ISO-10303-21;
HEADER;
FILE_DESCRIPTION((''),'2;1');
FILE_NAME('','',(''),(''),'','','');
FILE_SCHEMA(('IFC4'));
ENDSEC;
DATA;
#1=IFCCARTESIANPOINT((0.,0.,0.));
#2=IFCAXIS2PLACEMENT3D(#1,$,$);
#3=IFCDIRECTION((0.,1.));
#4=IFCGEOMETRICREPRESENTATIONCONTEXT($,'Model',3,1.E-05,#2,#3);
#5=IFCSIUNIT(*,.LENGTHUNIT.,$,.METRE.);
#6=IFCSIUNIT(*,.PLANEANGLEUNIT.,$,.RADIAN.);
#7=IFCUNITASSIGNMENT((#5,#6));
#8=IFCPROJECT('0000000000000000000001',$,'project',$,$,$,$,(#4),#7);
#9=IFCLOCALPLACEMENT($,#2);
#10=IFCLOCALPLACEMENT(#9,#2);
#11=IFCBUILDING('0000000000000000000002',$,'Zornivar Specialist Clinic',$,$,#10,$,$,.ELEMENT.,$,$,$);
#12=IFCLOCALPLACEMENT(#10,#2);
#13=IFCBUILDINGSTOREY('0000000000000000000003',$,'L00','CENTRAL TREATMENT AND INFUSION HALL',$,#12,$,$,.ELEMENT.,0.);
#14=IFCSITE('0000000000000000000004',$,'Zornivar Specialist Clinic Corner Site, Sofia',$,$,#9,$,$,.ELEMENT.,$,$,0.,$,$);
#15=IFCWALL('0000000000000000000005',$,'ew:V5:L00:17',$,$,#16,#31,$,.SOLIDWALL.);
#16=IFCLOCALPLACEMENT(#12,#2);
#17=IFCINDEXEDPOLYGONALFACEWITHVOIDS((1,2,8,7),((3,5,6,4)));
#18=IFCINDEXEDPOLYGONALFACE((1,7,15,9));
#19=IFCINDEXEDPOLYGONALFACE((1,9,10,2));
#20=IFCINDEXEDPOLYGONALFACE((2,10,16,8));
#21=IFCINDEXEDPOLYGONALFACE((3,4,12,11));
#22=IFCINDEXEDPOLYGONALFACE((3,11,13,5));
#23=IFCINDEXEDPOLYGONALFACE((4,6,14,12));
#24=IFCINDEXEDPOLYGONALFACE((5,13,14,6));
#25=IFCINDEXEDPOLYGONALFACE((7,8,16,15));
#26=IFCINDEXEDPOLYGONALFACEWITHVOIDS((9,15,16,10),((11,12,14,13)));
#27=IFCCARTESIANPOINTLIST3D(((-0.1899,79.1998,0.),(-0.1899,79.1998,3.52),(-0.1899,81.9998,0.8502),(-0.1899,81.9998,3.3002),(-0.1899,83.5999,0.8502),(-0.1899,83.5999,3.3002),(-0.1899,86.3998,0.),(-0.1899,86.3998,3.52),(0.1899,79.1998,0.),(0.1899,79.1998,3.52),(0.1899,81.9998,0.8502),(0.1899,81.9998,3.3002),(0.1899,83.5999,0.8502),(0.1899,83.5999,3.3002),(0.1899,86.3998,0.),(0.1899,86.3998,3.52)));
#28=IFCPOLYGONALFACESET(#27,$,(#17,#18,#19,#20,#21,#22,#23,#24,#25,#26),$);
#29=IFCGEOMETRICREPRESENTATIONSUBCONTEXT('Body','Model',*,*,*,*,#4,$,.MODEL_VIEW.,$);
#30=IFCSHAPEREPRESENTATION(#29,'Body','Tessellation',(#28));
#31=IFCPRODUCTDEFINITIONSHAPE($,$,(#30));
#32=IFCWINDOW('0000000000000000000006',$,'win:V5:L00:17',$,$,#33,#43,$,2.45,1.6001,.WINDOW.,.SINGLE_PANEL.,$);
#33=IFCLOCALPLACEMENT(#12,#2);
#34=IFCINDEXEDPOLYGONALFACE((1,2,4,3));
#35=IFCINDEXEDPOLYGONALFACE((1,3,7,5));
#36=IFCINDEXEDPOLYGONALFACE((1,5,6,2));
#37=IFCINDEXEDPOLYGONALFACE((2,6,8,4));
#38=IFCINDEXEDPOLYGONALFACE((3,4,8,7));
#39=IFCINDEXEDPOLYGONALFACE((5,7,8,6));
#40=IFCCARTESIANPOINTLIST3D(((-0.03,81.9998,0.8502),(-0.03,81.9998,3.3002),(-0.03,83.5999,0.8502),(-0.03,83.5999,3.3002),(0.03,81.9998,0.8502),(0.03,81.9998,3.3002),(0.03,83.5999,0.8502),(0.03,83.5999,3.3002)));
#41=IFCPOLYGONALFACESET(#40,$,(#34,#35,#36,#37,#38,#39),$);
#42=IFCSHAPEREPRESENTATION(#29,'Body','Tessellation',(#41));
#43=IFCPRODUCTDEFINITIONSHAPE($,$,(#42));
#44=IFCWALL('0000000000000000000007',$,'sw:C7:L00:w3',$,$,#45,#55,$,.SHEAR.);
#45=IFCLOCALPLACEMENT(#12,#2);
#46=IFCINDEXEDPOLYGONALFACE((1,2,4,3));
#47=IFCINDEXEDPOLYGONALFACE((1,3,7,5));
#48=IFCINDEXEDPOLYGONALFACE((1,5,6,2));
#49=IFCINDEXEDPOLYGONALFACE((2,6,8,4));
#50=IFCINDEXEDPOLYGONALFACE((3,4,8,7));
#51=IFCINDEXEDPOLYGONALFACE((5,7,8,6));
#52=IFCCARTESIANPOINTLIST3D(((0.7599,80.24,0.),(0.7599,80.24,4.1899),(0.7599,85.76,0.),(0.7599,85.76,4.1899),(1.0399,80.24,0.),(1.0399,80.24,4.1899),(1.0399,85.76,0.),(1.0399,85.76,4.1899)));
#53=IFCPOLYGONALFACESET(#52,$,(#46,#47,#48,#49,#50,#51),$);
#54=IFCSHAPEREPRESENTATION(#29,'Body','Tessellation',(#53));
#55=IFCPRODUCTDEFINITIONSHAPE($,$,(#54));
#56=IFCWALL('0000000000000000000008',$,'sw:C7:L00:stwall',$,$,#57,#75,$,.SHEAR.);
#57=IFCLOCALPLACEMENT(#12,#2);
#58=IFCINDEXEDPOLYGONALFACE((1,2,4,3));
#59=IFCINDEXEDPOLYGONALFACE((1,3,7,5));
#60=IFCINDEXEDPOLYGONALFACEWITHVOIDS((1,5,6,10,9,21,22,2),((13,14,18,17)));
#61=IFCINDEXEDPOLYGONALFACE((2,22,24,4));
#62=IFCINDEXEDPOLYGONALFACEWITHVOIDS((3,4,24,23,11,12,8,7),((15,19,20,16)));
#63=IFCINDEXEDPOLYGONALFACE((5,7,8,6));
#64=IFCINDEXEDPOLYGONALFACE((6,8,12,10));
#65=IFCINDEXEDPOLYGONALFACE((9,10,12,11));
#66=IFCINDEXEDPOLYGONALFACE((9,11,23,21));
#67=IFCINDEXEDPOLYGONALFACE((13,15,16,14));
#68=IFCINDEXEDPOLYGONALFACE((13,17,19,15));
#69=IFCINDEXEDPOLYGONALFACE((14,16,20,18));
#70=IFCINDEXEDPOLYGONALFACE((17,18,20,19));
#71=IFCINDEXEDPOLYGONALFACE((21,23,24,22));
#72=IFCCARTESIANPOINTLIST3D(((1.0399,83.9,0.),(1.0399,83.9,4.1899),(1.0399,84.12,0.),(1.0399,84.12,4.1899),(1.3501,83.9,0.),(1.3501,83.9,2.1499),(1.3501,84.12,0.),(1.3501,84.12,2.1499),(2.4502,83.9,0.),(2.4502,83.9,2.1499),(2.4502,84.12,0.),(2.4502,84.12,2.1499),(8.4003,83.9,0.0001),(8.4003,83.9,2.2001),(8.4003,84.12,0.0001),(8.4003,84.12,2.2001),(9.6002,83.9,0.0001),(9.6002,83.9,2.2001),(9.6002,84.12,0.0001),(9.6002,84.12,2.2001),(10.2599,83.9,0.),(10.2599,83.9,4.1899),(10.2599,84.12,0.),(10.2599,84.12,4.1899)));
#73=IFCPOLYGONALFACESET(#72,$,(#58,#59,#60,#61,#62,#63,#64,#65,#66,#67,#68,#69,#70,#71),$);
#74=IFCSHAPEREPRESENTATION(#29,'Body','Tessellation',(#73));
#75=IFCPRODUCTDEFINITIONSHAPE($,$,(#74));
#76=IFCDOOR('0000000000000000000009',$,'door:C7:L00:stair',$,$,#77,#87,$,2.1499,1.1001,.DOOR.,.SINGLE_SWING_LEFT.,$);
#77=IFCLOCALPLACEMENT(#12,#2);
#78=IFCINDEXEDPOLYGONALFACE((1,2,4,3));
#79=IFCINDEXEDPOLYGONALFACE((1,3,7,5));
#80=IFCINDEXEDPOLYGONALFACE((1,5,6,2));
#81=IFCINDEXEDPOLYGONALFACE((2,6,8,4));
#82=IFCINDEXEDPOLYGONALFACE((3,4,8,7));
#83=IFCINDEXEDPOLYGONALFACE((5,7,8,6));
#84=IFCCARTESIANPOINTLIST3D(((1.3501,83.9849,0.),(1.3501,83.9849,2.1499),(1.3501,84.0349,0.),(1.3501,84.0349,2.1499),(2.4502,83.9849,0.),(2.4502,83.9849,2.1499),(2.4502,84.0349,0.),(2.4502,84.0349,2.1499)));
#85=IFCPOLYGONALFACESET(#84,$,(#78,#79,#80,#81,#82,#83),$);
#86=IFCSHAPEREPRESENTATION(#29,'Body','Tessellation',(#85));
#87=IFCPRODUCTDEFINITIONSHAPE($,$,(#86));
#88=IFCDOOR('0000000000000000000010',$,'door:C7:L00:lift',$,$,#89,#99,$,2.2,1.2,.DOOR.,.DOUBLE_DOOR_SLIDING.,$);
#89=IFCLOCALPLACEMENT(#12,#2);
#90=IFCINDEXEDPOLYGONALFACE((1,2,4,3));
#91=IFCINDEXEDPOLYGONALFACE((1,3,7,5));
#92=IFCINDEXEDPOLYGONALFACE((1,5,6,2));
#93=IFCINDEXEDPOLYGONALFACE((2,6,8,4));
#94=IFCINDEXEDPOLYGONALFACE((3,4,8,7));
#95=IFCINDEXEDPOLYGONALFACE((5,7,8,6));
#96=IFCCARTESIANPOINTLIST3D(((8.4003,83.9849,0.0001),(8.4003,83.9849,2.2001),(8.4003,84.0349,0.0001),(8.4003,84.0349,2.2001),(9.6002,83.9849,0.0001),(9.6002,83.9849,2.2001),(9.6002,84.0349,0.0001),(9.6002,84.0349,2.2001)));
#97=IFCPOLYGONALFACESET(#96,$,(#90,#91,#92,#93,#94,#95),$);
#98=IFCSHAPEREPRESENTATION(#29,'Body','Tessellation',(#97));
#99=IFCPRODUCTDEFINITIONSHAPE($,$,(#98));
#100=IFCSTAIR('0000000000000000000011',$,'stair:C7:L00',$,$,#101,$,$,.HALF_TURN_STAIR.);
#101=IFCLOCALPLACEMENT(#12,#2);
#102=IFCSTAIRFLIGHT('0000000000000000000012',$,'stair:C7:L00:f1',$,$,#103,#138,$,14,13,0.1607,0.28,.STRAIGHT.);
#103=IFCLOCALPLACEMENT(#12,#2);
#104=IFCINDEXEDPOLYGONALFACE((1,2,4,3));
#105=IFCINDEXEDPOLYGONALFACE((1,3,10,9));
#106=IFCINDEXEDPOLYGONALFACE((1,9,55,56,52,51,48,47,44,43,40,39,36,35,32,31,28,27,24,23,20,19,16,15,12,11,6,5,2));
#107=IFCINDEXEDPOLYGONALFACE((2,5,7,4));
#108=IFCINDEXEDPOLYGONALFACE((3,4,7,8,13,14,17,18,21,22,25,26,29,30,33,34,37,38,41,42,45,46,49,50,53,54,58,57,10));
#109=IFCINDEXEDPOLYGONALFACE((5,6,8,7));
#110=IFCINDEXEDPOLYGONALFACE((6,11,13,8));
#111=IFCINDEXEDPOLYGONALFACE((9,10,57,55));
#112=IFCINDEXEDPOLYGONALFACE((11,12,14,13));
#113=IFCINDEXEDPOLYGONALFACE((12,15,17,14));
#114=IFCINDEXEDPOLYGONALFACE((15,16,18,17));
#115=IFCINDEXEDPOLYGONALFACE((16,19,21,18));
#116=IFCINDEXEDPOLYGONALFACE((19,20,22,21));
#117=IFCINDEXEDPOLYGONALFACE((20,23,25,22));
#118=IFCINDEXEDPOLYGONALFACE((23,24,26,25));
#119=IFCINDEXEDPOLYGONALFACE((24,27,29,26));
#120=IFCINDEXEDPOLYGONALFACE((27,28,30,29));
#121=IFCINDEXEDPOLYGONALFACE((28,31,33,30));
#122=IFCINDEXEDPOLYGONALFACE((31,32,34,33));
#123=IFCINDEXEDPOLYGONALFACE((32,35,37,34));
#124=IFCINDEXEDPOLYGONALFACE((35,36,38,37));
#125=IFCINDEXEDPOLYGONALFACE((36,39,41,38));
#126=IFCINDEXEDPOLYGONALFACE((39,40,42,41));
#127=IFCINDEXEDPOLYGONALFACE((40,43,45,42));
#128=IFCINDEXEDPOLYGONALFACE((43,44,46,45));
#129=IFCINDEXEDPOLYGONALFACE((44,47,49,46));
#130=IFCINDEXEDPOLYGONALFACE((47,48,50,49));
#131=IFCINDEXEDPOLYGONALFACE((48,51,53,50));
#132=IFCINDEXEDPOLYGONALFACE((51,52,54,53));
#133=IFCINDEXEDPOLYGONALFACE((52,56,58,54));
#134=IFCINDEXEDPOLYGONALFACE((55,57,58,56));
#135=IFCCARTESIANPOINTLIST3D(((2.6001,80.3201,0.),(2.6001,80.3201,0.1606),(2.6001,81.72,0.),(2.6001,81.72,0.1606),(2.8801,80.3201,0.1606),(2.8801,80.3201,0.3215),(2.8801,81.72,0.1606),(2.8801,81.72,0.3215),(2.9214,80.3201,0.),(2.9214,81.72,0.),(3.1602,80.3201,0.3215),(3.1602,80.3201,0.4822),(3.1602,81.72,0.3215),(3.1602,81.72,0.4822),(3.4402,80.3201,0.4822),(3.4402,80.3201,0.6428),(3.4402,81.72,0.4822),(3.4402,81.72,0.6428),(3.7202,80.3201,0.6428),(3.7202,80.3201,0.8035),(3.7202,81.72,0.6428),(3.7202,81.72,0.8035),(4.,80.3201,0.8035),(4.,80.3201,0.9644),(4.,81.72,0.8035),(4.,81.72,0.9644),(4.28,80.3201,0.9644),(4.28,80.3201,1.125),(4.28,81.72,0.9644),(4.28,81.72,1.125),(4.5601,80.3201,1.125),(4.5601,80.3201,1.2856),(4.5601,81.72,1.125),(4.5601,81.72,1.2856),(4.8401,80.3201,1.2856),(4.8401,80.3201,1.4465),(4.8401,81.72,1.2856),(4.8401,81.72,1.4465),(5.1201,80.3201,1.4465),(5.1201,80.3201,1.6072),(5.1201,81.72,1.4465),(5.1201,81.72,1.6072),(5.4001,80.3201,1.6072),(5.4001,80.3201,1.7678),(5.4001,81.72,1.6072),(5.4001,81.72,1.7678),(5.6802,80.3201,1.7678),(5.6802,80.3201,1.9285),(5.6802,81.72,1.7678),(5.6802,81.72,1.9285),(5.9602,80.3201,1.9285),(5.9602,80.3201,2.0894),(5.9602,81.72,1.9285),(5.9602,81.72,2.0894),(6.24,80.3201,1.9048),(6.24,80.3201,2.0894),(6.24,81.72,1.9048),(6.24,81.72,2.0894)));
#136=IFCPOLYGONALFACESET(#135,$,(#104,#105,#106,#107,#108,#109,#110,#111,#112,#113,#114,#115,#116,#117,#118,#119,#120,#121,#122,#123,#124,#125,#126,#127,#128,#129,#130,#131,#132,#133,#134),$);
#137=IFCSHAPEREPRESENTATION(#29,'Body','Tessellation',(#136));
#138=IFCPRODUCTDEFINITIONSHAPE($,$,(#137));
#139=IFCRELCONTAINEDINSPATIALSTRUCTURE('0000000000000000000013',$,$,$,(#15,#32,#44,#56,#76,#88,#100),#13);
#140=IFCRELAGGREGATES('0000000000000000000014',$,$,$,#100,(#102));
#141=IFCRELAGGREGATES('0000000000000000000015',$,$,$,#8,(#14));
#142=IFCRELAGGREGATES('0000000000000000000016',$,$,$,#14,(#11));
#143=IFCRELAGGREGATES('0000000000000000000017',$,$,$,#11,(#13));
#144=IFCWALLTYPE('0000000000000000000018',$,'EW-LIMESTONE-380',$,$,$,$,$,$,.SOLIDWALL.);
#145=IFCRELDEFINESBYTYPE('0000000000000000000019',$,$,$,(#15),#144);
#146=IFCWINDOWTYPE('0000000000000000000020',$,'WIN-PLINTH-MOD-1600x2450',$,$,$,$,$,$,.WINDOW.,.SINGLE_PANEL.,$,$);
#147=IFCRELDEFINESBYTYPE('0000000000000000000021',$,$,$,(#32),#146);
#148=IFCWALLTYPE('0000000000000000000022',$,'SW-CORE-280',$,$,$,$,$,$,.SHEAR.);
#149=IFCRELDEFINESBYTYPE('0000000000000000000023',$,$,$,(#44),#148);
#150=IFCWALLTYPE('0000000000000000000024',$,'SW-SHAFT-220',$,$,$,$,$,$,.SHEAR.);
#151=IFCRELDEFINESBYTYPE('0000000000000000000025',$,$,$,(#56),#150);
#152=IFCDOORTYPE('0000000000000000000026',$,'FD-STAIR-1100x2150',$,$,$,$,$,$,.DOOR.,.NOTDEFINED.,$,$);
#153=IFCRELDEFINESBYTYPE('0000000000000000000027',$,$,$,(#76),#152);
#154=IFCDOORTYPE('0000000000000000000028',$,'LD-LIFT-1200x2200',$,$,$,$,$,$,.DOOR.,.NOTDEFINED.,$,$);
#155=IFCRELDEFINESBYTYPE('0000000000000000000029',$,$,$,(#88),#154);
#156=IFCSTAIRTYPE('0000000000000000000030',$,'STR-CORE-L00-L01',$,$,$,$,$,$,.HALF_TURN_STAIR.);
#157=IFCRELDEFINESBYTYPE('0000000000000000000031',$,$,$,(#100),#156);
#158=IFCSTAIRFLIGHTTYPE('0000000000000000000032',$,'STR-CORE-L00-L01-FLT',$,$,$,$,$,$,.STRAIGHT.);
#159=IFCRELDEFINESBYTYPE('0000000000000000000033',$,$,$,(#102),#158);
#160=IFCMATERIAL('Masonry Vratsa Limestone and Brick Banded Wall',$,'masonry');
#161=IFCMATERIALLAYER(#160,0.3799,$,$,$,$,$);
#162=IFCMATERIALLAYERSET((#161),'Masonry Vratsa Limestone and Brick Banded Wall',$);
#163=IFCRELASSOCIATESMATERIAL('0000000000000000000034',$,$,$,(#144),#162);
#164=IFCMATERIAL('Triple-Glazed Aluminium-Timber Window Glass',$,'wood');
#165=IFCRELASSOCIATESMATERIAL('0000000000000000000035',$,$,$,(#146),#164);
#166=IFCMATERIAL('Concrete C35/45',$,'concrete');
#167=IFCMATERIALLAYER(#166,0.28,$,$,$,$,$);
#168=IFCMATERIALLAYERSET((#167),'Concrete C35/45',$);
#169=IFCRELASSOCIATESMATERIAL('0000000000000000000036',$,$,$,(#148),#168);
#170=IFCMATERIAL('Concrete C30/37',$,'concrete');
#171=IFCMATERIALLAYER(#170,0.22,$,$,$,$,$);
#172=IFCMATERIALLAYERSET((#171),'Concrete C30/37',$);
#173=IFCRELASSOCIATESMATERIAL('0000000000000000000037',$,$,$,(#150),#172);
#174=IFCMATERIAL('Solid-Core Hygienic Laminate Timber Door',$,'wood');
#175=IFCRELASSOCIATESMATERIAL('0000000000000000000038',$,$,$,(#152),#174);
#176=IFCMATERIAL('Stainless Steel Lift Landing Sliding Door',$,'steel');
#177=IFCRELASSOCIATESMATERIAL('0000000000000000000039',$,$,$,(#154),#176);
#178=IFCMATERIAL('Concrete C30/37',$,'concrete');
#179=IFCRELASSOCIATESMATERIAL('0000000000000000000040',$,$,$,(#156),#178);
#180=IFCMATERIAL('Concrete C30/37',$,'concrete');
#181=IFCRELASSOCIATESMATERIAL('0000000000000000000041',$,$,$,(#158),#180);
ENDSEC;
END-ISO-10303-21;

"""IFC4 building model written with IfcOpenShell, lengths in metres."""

from ifc_helpers import new_model, si_unit, direction, frame, frame_2d, origin, place, context, subcontext, project, spatial, polyline, rectangle, outline, extrude, material, layer, layer_set, type_object, element, fill, aggregate, save


model = new_model("IFC4")

# Units and contexts
model_context = context("Model", 3, precision=1e-05, world=origin(), true_north=direction((0.0, 1.0)))
body_context = subcontext(model_context, "Body", "Model", "MODEL_VIEW")
ifc_project = project(units=[si_unit("LENGTHUNIT", "METRE"), si_unit("PLANEANGLEUNIT", "RADIAN")], contexts=[model_context])

# Site, building, storey
site_placement = place(None, origin())
site = spatial("IfcSite", under=ifc_project, at=site_placement, Name="Zornivar Specialist Clinic Corner Site, Sofia", CompositionType="ELEMENT", RefElevation=0.0)
building_placement = place(site_placement, origin())
building = spatial("IfcBuilding", under=site, at=building_placement, Name="Zornivar Specialist Clinic", CompositionType="ELEMENT")
storey_placement = place(building_placement, origin())
storey = spatial("IfcBuildingStorey", under=building, at=storey_placement, Name="L00", Description="CENTRAL TREATMENT AND INFUSION HALL", CompositionType="ELEMENT", Elevation=0.0)

# Wall, opening, window
ifc_material_1 = material(Name="Masonry Vratsa Limestone and Brick Banded Wall", Category="masonry")
ifc_layer_1 = layer(ifc_material_1, 0.3799)
ifc_layer_set_1 = layer_set([ifc_layer_1], Name="Masonry Vratsa Limestone and Brick Banded Wall")
wall_type_1 = type_object("IfcWallType", Name="EW-LIMESTONE-380", PredefinedType="SOLIDWALL", material=ifc_layer_set_1)
wall_1_placement = place(storey_placement, frame((0.0, 86.3999, 0.0), z_axis=(0.0, 0.0, 1.0), x_axis=(0.0, -1.0, 0.0)))
wall_1 = element("IfcWall", 1, at=wall_1_placement, inside=storey, type_object=wall_type_1, Name="ew:V5:L00:17", PredefinedType="SOLIDWALL", context=body_context, shape_type="SweptSolid", body=[
    extrude(rectangle(XDim=7.2, YDim=0.3799, at=frame_2d((3.6001, 0.0))), origin(), (0.0, 0.0, 1.0), 3.52),
])
opening_1_placement = place(wall_1_placement, frame((2.8, 0.0, 0.8501)))
opening_1 = element("IfcOpeningElement", 2, at=opening_1_placement, cuts=wall_1, PredefinedType="OPENING", context=body_context, shape_type="SweptSolid", body=[
    extrude(rectangle(XDim=1.6001, YDim=2.45, at=frame_2d((0.8, 1.2251))), frame((0.0, 0.2, 0.0), z_axis=(0.0, -1.0, 0.0), x_axis=(1.0, 0.0, 0.0)), (0.0, 0.0, 1.0), 0.3999),
])
ifc_material_2 = material(Name="Triple-Glazed Aluminium-Timber Window Glass", Category="wood")
window_type = type_object("IfcWindowType", Name="WIN-PLINTH-MOD-1600x2450", PartitioningType="SINGLE_PANEL", PredefinedType="WINDOW", material=ifc_material_2)
window_placement = place(opening_1_placement, origin())
window = element("IfcWindow", 3, at=window_placement, inside=storey, type_object=window_type, Name="win:V5:L00:17", OverallHeight=2.45, OverallWidth=1.6001, PartitioningType="SINGLE_PANEL", PredefinedType="WINDOW", context=body_context, shape_type="SweptSolid", body=[
    extrude(rectangle(XDim=1.6001, YDim=2.45, at=frame_2d((0.8, 1.2251))), frame((0.0, 0.03, 0.0), z_axis=(0.0, -1.0, 0.0), x_axis=(1.0, 0.0, 0.0)), (0.0, 0.0, 1.0), 0.0601),
])
fill(opening_1, window)

# Wall
ifc_material_3 = material(Name="Concrete C35/45", Category="concrete")
ifc_layer_2 = layer(ifc_material_3, 0.28)
ifc_layer_set_2 = layer_set([ifc_layer_2], Name="Concrete C35/45")
wall_type_2 = type_object("IfcWallType", Name="SW-CORE-280", PredefinedType="SHEAR", material=ifc_layer_set_2)
wall_2_placement = place(storey_placement, frame((0.8999, 85.76, 0.0), z_axis=(0.0, 0.0, 1.0), x_axis=(0.0, -1.0, 0.0)))
element("IfcWall", 4, at=wall_2_placement, inside=storey, type_object=wall_type_2, Name="sw:C7:L00:w3", PredefinedType="SHEAR", context=body_context, shape_type="SweptSolid", body=[
    extrude(rectangle(XDim=5.52, YDim=0.28, at=frame_2d((2.76, 0.0))), origin(), (0.0, 0.0, 1.0), 4.1899),
])

# Wall, openings, doors
ifc_material_4 = material(Name="Concrete C30/37", Category="concrete")
ifc_layer_3 = layer(ifc_material_4, 0.22)
ifc_layer_set_3 = layer_set([ifc_layer_3], Name="Concrete C30/37")
wall_type_3 = type_object("IfcWallType", Name="SW-SHAFT-220", PredefinedType="SHEAR", material=ifc_layer_set_3)
wall_3_placement = place(storey_placement, frame((1.04, 84.01, 0.0), z_axis=(0.0, 0.0, 1.0), x_axis=(1.0, 0.0, 0.0)))
wall_3 = element("IfcWall", 5, at=wall_3_placement, inside=storey, type_object=wall_type_3, Name="sw:C7:L00:stwall", PredefinedType="SHEAR", context=body_context, shape_type="SweptSolid", body=[
    extrude(rectangle(XDim=9.22, YDim=0.22, at=frame_2d((4.6099, 0.0))), origin(), (0.0, 0.0, 1.0), 4.1899),
])
opening_2_placement = place(wall_3_placement, frame((0.3101, 0.0, 0.0)))
opening_2 = element("IfcOpeningElement", 6, at=opening_2_placement, cuts=wall_3, PredefinedType="OPENING", context=body_context, shape_type="SweptSolid", body=[
    extrude(rectangle(XDim=1.1001, YDim=2.1499, at=frame_2d((0.55, 1.075))), frame((0.0, 0.1199, 0.0), z_axis=(0.0, -1.0, 0.0), x_axis=(1.0, 0.0, 0.0)), (0.0, 0.0, 1.0), 0.24),
])
opening_3_placement = place(wall_3_placement, frame((7.3601, 0.0, 0.0)))
opening_3 = element("IfcOpeningElement", 7, at=opening_3_placement, cuts=wall_3, PredefinedType="OPENING", context=body_context, shape_type="SweptSolid", body=[
    extrude(rectangle(XDim=1.2, YDim=2.2, at=frame_2d((0.6001, 1.1001))), frame((0.0, 0.1199, 0.0), z_axis=(0.0, -1.0, 0.0), x_axis=(1.0, 0.0, 0.0)), (0.0, 0.0, 1.0), 0.24),
])
ifc_material_5 = material(Name="Solid-Core Hygienic Laminate Timber Door", Category="wood")
door_type_1 = type_object("IfcDoorType", Name="FD-STAIR-1100x2150", OperationType="NOTDEFINED", PredefinedType="DOOR", material=ifc_material_5)
door_1_placement = place(opening_2_placement, origin())
door_1 = element("IfcDoor", 8, at=door_1_placement, inside=storey, type_object=door_type_1, Name="door:C7:L00:stair", OperationType="SINGLE_SWING_LEFT", OverallHeight=2.1499, OverallWidth=1.1001, PredefinedType="DOOR", context=body_context, shape_type="SweptSolid", body=[
    extrude(rectangle(XDim=1.1001, YDim=2.1499, at=frame_2d((0.55, 1.075))), frame((0.0, 0.0249, 0.0), z_axis=(0.0, -1.0, 0.0), x_axis=(1.0, 0.0, 0.0)), (0.0, 0.0, 1.0), 0.05),
])
fill(opening_2, door_1)
ifc_material_6 = material(Name="Stainless Steel Lift Landing Sliding Door", Category="steel")
door_type_2 = type_object("IfcDoorType", Name="LD-LIFT-1200x2200", OperationType="NOTDEFINED", PredefinedType="DOOR", material=ifc_material_6)
door_2_placement = place(opening_3_placement, origin())
door_2 = element("IfcDoor", 9, at=door_2_placement, inside=storey, type_object=door_type_2, Name="door:C7:L00:lift", OperationType="DOUBLE_DOOR_SLIDING", OverallHeight=2.2, OverallWidth=1.2, PredefinedType="DOOR", context=body_context, shape_type="SweptSolid", body=[
    extrude(rectangle(XDim=1.2, YDim=2.2, at=frame_2d((0.6001, 1.1001))), frame((0.0, 0.0249, 0.0), z_axis=(0.0, -1.0, 0.0), x_axis=(1.0, 0.0, 0.0)), (0.0, 0.0, 1.0), 0.05),
])
fill(opening_3, door_2)

# Stair, stair flight
ifc_material_7 = material(Name="Concrete C30/37", Category="concrete")
stair_type = type_object("IfcStairType", Name="STR-CORE-L00-L01", PredefinedType="HALF_TURN_STAIR", material=ifc_material_7)
stair_placement = place(storey_placement, origin())
stair = element("IfcStair", 10, at=stair_placement, inside=storey, type_object=stair_type, Name="stair:C7:L00", PredefinedType="HALF_TURN_STAIR")
ifc_material_8 = material(Name="Concrete C30/37", Category="concrete")
stair_flight_type = type_object("IfcStairFlightType", Name="STR-CORE-L00-L01-FLT", PredefinedType="STRAIGHT", material=ifc_material_8)
stair_flight_1_placement = place(storey_placement, frame((2.6001, 81.02, 0.0), z_axis=(0.0, 0.0, 1.0), x_axis=(1.0, 0.0, 0.0)))
stair_flight_1 = element("IfcStairFlight", 11, at=stair_flight_1_placement, type_object=stair_flight_type, Name="stair:C7:L00:f1", NumberOfRisers=14, NumberOfTreads=13, PredefinedType="STRAIGHT", RiserHeight=0.1607, TreadLength=0.28, context=body_context, shape_type="SweptSolid", body=[
    extrude(outline(polyline([(0.0, 0.0), (0.0, 0.1606), (0.28, 0.1606), (0.28, 0.3215), (0.5601, 0.3215), (0.5601, 0.4822), (0.8401, 0.4822), (0.8401, 0.6428), (1.1201, 0.6428), (1.1201, 0.8035), (1.3999, 0.8035), (1.3999, 0.9644), (1.6799, 0.9644), (1.6799, 1.125), (1.96, 1.125), (1.96, 1.2856), (2.24, 1.2856), (2.24, 1.4465), (2.52, 1.4465), (2.52, 1.6072), (2.8, 1.6072), (2.8, 1.7678), (3.0801, 1.7678), (3.0801, 1.9285), (3.3601, 1.9285), (3.3601, 2.0894), (3.6399, 2.0894), (3.6399, 2.25), (3.6399, 1.9048), (0.3213, 0.0), (0.0, 0.0)])), frame((0.0, 0.7, 0.0), z_axis=(0.0, -1.0, 0.0), x_axis=(1.0, 0.0, 0.0)), (0.0, 0.0, 1.0), 1.3999),
])
aggregate(stair, [stair_flight_1])

save(model, "model.ifc")
